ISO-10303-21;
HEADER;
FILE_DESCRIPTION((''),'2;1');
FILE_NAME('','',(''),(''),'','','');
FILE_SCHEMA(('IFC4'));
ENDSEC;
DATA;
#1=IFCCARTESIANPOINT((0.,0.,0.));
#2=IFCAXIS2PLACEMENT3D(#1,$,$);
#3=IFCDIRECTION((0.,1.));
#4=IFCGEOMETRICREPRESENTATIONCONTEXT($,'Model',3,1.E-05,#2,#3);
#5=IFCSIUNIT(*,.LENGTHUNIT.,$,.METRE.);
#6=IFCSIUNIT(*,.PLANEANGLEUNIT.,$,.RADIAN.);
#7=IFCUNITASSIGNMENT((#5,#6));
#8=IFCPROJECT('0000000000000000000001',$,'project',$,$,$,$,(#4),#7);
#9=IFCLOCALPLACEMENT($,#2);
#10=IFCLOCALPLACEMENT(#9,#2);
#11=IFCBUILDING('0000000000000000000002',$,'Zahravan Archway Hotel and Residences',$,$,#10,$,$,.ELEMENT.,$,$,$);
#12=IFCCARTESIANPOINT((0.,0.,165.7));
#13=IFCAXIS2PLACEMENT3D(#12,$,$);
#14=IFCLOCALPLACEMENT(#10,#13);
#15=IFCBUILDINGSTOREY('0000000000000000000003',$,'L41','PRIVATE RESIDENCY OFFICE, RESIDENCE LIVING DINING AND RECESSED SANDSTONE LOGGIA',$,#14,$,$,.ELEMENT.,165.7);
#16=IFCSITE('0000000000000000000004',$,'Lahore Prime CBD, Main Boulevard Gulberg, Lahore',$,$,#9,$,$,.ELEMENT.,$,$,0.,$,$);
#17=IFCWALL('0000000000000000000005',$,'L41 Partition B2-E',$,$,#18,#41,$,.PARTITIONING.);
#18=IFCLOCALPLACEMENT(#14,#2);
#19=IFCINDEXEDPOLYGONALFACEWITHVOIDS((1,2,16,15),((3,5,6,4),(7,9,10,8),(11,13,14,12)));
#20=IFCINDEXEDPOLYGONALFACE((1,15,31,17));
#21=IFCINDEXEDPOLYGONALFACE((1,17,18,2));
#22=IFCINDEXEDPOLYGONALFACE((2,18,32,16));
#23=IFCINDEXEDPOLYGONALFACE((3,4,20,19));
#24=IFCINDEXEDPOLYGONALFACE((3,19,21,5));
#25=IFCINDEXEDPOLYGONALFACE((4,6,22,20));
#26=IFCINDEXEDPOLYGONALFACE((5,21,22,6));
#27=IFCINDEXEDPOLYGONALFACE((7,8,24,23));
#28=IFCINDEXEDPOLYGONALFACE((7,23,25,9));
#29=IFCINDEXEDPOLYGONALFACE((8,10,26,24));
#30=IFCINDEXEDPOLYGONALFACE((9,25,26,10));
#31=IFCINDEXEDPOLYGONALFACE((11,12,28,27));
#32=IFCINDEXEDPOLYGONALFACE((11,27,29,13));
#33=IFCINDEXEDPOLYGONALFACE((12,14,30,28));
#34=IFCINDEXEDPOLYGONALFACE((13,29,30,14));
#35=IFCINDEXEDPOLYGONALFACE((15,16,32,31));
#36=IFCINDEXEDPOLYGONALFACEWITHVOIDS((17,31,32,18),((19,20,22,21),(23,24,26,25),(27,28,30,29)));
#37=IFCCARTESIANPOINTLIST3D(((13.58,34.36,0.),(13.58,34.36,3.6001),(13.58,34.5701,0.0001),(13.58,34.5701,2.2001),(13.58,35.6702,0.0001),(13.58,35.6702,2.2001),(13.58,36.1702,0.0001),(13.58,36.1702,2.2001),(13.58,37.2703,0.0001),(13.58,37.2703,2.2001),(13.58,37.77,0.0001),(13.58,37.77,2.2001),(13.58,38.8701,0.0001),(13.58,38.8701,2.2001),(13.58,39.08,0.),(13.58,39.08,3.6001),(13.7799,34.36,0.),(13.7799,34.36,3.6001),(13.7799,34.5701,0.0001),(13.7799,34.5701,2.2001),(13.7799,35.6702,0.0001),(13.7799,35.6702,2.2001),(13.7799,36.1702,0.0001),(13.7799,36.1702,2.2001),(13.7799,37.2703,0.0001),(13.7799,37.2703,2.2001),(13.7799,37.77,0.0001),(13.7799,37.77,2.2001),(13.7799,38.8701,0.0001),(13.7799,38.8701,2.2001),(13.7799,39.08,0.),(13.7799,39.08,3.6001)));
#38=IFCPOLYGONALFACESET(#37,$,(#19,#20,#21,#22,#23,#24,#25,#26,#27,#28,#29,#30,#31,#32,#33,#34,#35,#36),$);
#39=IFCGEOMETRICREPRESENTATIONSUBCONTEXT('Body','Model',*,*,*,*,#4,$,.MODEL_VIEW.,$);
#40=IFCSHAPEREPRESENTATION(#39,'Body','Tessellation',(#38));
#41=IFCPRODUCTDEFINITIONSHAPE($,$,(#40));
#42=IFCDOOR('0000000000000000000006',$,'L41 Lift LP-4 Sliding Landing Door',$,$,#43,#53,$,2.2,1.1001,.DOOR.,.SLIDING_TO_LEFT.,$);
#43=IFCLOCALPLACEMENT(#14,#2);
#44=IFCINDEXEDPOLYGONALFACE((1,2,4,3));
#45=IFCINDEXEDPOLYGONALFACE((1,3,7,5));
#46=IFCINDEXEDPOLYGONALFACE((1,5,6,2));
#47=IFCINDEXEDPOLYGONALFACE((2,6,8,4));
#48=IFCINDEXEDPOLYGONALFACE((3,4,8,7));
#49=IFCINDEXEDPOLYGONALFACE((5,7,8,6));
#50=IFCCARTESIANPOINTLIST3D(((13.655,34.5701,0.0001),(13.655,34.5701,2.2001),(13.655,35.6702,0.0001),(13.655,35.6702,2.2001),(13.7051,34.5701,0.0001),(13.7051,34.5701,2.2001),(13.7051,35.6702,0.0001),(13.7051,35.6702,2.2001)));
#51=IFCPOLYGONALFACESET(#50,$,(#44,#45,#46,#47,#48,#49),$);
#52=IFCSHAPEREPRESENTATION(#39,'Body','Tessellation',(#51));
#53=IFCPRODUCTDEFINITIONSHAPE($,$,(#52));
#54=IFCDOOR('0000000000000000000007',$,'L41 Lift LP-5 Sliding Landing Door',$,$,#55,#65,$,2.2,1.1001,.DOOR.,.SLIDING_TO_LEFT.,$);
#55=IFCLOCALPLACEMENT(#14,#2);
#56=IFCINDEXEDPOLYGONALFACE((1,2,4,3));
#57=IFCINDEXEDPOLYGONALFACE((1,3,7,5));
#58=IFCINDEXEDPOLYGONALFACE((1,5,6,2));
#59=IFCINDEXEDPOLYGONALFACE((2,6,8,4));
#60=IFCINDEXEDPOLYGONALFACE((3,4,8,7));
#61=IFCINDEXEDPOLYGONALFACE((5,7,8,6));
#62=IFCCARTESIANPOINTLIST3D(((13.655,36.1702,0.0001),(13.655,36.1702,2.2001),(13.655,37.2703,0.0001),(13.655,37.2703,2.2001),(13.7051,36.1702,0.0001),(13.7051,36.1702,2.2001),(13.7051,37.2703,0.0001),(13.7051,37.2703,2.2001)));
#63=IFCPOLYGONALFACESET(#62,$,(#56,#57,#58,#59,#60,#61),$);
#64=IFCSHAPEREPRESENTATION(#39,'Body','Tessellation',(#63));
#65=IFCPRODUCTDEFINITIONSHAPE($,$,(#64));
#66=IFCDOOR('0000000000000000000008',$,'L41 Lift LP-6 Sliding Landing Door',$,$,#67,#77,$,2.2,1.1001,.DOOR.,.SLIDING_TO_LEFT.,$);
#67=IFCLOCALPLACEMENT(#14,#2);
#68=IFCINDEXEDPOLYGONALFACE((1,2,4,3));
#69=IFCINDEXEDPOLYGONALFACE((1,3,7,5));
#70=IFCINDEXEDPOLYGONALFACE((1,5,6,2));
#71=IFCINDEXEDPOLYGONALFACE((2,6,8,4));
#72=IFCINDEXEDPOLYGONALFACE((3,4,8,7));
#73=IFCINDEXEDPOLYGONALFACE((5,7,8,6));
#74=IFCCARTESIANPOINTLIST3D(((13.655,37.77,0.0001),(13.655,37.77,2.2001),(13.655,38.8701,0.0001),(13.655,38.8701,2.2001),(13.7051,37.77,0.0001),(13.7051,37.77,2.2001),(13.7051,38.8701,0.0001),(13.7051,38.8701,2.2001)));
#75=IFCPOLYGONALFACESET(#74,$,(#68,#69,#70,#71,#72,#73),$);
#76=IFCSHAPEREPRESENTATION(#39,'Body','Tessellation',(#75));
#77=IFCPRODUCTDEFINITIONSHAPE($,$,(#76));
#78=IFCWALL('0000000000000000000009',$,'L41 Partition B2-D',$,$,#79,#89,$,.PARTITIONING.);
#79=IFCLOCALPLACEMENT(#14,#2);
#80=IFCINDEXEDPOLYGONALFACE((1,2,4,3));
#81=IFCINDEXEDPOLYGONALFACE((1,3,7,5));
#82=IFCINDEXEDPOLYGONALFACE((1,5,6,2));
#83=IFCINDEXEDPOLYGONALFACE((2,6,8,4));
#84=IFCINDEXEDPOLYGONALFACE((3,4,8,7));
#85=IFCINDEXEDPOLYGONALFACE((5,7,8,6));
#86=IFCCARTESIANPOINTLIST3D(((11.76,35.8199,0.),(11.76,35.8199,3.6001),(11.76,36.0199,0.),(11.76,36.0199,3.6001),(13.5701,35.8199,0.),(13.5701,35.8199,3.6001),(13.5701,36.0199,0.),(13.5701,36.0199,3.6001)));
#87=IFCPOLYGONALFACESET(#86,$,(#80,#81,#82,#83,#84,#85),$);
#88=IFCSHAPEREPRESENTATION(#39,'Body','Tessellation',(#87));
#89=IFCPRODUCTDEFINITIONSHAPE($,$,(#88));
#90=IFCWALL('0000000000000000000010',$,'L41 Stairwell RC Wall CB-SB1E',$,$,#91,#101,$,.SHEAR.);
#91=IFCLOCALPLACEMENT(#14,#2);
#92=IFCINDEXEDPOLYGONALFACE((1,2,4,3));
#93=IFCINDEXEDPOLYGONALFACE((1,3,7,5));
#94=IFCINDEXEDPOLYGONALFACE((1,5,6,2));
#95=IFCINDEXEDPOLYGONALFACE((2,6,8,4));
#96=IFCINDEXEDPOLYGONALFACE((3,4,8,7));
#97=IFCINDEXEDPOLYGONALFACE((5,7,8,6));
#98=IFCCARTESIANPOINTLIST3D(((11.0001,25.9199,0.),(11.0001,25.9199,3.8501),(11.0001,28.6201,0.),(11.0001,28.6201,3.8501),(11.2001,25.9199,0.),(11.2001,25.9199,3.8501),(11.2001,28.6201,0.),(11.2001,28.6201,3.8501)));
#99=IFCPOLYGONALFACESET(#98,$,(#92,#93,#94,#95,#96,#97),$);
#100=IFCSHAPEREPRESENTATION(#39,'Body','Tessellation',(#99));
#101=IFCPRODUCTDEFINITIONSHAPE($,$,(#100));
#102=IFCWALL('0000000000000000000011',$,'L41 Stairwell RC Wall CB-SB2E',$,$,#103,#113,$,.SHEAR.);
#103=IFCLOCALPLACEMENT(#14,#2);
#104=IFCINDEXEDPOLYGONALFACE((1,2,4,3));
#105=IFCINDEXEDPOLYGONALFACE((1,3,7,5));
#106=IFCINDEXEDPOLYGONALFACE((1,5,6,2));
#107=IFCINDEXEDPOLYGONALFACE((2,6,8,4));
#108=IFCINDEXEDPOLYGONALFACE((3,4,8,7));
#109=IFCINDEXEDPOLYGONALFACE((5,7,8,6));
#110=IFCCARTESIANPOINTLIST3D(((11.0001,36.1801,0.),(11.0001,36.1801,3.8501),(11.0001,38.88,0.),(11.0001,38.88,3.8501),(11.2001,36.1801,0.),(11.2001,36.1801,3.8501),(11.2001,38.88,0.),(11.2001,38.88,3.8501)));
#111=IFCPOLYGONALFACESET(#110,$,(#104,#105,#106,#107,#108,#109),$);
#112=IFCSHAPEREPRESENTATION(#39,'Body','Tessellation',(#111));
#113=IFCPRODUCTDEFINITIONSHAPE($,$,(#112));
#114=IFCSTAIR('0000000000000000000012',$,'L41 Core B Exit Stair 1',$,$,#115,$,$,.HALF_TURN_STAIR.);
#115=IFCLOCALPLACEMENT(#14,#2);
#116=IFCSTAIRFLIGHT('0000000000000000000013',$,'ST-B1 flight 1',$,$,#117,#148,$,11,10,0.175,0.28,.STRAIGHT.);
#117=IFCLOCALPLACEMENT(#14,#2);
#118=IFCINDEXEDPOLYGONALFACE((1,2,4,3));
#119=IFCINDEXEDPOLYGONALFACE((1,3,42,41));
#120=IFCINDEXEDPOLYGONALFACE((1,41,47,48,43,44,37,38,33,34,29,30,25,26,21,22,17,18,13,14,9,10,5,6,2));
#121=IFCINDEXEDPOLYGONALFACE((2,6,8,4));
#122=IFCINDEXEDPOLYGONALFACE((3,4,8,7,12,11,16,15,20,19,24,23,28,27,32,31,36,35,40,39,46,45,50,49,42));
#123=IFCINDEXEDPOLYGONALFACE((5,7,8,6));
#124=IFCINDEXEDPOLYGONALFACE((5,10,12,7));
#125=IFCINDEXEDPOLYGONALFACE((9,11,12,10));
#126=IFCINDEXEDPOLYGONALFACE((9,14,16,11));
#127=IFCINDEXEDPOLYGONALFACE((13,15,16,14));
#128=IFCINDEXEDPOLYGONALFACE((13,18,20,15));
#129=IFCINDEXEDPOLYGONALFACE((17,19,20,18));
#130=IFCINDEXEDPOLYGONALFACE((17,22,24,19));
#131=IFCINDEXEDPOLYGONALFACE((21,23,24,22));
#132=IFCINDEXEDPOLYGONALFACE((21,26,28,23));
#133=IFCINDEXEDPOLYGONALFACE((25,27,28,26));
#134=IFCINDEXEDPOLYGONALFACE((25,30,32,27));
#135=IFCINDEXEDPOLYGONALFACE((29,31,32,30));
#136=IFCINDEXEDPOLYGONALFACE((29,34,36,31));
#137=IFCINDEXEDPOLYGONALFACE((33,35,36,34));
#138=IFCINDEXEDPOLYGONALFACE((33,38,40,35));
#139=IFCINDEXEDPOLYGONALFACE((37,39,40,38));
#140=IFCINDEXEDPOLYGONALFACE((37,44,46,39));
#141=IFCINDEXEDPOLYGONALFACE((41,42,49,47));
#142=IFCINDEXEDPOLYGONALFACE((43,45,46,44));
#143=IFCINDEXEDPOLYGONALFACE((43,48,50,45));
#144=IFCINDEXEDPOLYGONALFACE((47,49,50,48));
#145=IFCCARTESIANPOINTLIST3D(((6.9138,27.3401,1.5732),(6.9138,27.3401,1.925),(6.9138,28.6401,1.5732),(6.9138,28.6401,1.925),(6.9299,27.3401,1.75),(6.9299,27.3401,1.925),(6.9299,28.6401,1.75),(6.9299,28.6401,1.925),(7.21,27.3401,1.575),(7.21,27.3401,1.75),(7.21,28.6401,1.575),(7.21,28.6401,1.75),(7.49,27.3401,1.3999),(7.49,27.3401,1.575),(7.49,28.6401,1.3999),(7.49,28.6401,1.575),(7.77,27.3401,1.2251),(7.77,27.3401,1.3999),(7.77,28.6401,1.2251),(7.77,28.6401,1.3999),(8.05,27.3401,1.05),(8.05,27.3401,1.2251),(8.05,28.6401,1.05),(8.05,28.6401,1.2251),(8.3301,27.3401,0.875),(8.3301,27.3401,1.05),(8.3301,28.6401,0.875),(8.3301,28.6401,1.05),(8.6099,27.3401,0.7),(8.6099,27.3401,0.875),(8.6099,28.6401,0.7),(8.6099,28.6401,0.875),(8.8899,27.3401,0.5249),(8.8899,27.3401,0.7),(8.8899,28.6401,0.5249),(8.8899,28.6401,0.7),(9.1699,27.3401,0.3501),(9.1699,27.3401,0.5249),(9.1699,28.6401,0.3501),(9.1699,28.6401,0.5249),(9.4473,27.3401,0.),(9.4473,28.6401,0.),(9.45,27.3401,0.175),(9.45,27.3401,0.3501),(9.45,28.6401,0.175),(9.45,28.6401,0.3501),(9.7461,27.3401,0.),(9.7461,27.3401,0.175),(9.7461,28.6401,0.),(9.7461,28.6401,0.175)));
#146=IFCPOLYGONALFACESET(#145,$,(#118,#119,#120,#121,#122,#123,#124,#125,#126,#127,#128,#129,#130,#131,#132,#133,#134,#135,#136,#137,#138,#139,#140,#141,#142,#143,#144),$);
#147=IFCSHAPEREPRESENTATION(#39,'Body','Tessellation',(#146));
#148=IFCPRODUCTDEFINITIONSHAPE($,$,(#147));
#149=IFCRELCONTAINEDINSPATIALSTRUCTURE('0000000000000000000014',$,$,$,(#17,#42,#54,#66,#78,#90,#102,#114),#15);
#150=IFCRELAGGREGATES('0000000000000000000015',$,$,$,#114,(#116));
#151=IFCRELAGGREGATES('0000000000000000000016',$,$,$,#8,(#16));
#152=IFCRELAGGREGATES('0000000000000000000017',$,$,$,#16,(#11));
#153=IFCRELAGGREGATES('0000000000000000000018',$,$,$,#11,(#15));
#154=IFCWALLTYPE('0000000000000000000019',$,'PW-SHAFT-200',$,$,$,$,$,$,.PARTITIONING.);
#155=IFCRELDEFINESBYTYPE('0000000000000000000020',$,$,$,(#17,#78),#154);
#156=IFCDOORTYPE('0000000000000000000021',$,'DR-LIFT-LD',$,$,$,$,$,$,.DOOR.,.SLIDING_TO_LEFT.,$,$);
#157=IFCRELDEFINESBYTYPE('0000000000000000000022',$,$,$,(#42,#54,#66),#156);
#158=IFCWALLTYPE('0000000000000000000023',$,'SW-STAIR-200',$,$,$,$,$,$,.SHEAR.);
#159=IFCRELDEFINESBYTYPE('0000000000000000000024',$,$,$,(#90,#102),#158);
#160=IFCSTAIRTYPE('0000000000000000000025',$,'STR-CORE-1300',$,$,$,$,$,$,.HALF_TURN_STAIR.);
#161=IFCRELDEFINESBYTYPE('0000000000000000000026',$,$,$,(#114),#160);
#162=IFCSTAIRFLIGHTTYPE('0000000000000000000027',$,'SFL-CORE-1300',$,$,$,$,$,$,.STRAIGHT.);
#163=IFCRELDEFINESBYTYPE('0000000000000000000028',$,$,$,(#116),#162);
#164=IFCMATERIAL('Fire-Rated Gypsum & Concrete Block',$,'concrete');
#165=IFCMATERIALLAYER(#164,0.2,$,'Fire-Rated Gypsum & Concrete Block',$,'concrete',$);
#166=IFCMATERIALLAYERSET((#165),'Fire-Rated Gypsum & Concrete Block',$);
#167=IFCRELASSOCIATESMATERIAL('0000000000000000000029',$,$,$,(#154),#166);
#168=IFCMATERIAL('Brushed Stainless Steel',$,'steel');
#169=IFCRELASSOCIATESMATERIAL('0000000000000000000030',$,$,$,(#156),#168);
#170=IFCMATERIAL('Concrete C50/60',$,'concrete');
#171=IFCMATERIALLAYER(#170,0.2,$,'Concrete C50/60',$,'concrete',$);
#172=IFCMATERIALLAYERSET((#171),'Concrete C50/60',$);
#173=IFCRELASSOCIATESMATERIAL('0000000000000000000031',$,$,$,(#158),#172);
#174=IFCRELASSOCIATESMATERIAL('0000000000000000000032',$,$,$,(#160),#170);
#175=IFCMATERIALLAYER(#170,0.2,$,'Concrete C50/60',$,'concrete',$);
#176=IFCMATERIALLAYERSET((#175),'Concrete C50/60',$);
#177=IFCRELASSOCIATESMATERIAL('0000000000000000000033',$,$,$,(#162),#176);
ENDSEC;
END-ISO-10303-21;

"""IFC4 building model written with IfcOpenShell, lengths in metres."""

from ifc_helpers import new_model, si_unit, direction, frame, frame_2d, origin, place, context, subcontext, project, spatial, polyline, rectangle, outline, extrude, source, transform, mapped, material, layer, layer_set, type_object, type_shapes, element, fill, aggregate, save


model = new_model("IFC4")

# Units and contexts
model_context = context("Model", 3, precision=1e-05, world=origin(), true_north=direction((0.0, 1.0)))
body_context = subcontext(model_context, "Body", "Model", "MODEL_VIEW")
ifc_project = project(units=[si_unit("LENGTHUNIT", "METRE"), si_unit("PLANEANGLEUNIT", "RADIAN")], contexts=[model_context])

# Site, building, storey
site_placement = place(None, origin())
site = spatial("IfcSite", under=ifc_project, at=site_placement, Name="Lahore Prime CBD, Main Boulevard Gulberg, Lahore", CompositionType="ELEMENT", RefElevation=0.0)
building_placement = place(site_placement, origin())
building = spatial("IfcBuilding", under=site, at=building_placement, Name="Zahravan Archway Hotel and Residences", CompositionType="ELEMENT")
storey_placement = place(building_placement, frame((0.0, 0.0, 165.7)))
storey = spatial("IfcBuildingStorey", under=building, at=storey_placement, Name="L41", Description="PRIVATE RESIDENCY OFFICE, RESIDENCE LIVING DINING AND RECESSED SANDSTONE LOGGIA", CompositionType="ELEMENT", Elevation=165.7)

# Shared definitions
ifc_material_1 = material(Name="Fire-Rated Gypsum & Concrete Block", Category="concrete")
ifc_layer_1 = layer(ifc_material_1, 0.2, Name="Fire-Rated Gypsum & Concrete Block", Category="concrete")
ifc_layer_set_1 = layer_set([ifc_layer_1], Name="Fire-Rated Gypsum & Concrete Block")
wall_type_1 = type_object("IfcWallType", Name="PW-SHAFT-200", PredefinedType="PARTITIONING", material=ifc_layer_set_1)

# Wall, openings, doors
wall_1_placement = place(storey_placement, frame((13.6799, 34.3601, 0.0), z_axis=(0.0, 0.0, 1.0), x_axis=(0.0, 1.0, 0.0)))
wall_1 = element("IfcWall", 1, at=wall_1_placement, inside=storey, type_object=wall_type_1, Name="L41 Partition B2-E", PredefinedType="PARTITIONING", context=body_context, shape_type="SweptSolid", body=[
    extrude(rectangle(XDim=4.72, YDim=0.2, at=frame_2d((2.3599, 0.0))), origin(), (0.0, 0.0, 1.0), 3.6001),
])
opening_1_placement = place(wall_1_placement, frame((0.21, 0.0, 0.0)))
opening_1 = element("IfcOpeningElement", 2, at=opening_1_placement, cuts=wall_1, PredefinedType="OPENING", context=body_context, shape_type="SweptSolid", body=[
    extrude(rectangle(XDim=1.1001, YDim=2.2, at=frame_2d((0.55, 1.1001))), frame((0.0, 0.1099, 0.0), z_axis=(0.0, -1.0, 0.0), x_axis=(1.0, 0.0, 0.0)), (0.0, 0.0, 1.0), 0.22),
])
opening_2_placement = place(wall_1_placement, frame((1.8101, 0.0, 0.0)))
opening_2 = element("IfcOpeningElement", 3, at=opening_2_placement, cuts=wall_1, PredefinedType="OPENING", context=body_context, shape_type="SweptSolid", body=[
    extrude(rectangle(XDim=1.1001, YDim=2.2, at=frame_2d((0.55, 1.1001))), frame((0.0, 0.1099, 0.0), z_axis=(0.0, -1.0, 0.0), x_axis=(1.0, 0.0, 0.0)), (0.0, 0.0, 1.0), 0.22),
])
opening_3_placement = place(wall_1_placement, frame((3.4099, 0.0, 0.0)))
opening_3 = element("IfcOpeningElement", 4, at=opening_3_placement, cuts=wall_1, PredefinedType="OPENING", context=body_context, shape_type="SweptSolid", body=[
    extrude(rectangle(XDim=1.1001, YDim=2.2, at=frame_2d((0.55, 1.1001))), frame((0.0, 0.1099, 0.0), z_axis=(0.0, -1.0, 0.0), x_axis=(1.0, 0.0, 0.0)), (0.0, 0.0, 1.0), 0.22),
])
ifc_material_2 = material(Name="Brushed Stainless Steel", Category="steel")
door_type_1 = type_object("IfcDoorType", Name="DR-LIFT-LD", OperationType="SLIDING_TO_LEFT", PredefinedType="DOOR", material=ifc_material_2)
shared_shape_1 = source(origin(), body_context, "Body", "SweptSolid", [
    extrude(rectangle(XDim=1.1001, YDim=2.2, at=frame_2d((0.55, 1.1001))), frame((0.0, 0.0249, 0.0), z_axis=(0.0, -1.0, 0.0), x_axis=(1.0, 0.0, 0.0)), (0.0, 0.0, 1.0), 0.05),
])
type_shapes(door_type_1, [shared_shape_1])
door_1_placement = place(opening_1_placement, origin())
door_1 = element("IfcDoor", 5, at=door_1_placement, inside=storey, type_object=door_type_1, Name="L41 Lift LP-4 Sliding Landing Door", OperationType="SLIDING_TO_LEFT", OverallHeight=2.2, OverallWidth=1.1001, PredefinedType="DOOR", context=body_context, shape_type="MappedRepresentation", body=[
    mapped(shared_shape_1, transform((0.0, 0.0, 0.0), scale=1.0)),
])
fill(opening_1, door_1)
door_2_placement = place(opening_2_placement, origin())
door_2 = element("IfcDoor", 6, at=door_2_placement, inside=storey, type_object=door_type_1, Name="L41 Lift LP-5 Sliding Landing Door", OperationType="SLIDING_TO_LEFT", OverallHeight=2.2, OverallWidth=1.1001, PredefinedType="DOOR", context=body_context, shape_type="MappedRepresentation", body=[
    mapped(shared_shape_1, transform((0.0, 0.0, 0.0), scale=1.0)),
])
fill(opening_2, door_2)
door_3_placement = place(opening_3_placement, origin())
door_3 = element("IfcDoor", 7, at=door_3_placement, inside=storey, type_object=door_type_1, Name="L41 Lift LP-6 Sliding Landing Door", OperationType="SLIDING_TO_LEFT", OverallHeight=2.2, OverallWidth=1.1001, PredefinedType="DOOR", context=body_context, shape_type="MappedRepresentation", body=[
    mapped(shared_shape_1, transform((0.0, 0.0, 0.0), scale=1.0)),
])
fill(opening_3, door_3)

# Wall
wall_2_placement = place(storey_placement, frame((11.76, 35.9199, 0.0), z_axis=(0.0, 0.0, 1.0), x_axis=(1.0, 0.0, 0.0)))
element("IfcWall", 8, at=wall_2_placement, inside=storey, type_object=wall_type_1, Name="L41 Partition B2-D", PredefinedType="PARTITIONING", context=body_context, shape_type="SweptSolid", body=[
    extrude(rectangle(XDim=1.8101, YDim=0.2, at=frame_2d((0.905, 0.0))), origin(), (0.0, 0.0, 1.0), 3.6001),
])

# Walls
ifc_material_3 = material(Name="Concrete C50/60", Category="concrete")
ifc_layer_2 = layer(ifc_material_3, 0.2, Name="Concrete C50/60", Category="concrete")
ifc_layer_set_2 = layer_set([ifc_layer_2], Name="Concrete C50/60")
wall_type_2 = type_object("IfcWallType", Name="SW-STAIR-200", PredefinedType="SHEAR", material=ifc_layer_set_2)
wall_3_placement = place(storey_placement, frame((11.1001, 25.9199, 0.0), z_axis=(0.0, 0.0, 1.0), x_axis=(0.0, 1.0, 0.0)))
element("IfcWall", 9, at=wall_3_placement, inside=storey, type_object=wall_type_2, Name="L41 Stairwell RC Wall CB-SB1E", PredefinedType="SHEAR", context=body_context, shape_type="SweptSolid", body=[
    extrude(rectangle(XDim=2.7002, YDim=0.2, at=frame_2d((1.3501, 0.0))), origin(), (0.0, 0.0, 1.0), 3.8501),
])
wall_4_placement = place(storey_placement, frame((11.1001, 36.1799, 0.0), z_axis=(0.0, 0.0, 1.0), x_axis=(0.0, 1.0, 0.0)))
element("IfcWall", 10, at=wall_4_placement, inside=storey, type_object=wall_type_2, Name="L41 Stairwell RC Wall CB-SB2E", PredefinedType="SHEAR", context=body_context, shape_type="SweptSolid", body=[
    extrude(rectangle(XDim=2.7, YDim=0.2, at=frame_2d((1.3501, 0.0))), origin(), (0.0, 0.0, 1.0), 3.8501),
])

# Stair, stair flight
stair_type = type_object("IfcStairType", Name="STR-CORE-1300", PredefinedType="HALF_TURN_STAIR", material=ifc_material_3)
stair_placement = place(storey_placement, origin())
stair = element("IfcStair", 11, at=stair_placement, inside=storey, type_object=stair_type, Name="L41 Core B Exit Stair 1", PredefinedType="HALF_TURN_STAIR")
ifc_layer_3 = layer(ifc_material_3, 0.2, Name="Concrete C50/60", Category="concrete")
ifc_layer_set_3 = layer_set([ifc_layer_3], Name="Concrete C50/60")
stair_flight_type = type_object("IfcStairFlightType", Name="SFL-CORE-1300", PredefinedType="STRAIGHT", material=ifc_layer_set_3)
shared_shape_2 = source(origin(), body_context, "Body", "SweptSolid", [
    extrude(outline(polyline([(-0.0161, 0.0), (-0.0161, 0.175), (0.28, 0.175), (0.28, 0.3501), (0.5601, 0.3501), (0.5601, 0.5249), (0.8401, 0.5249), (0.8401, 0.7), (1.1201, 0.7), (1.1201, 0.875), (1.3999, 0.875), (1.3999, 1.05), (1.6799, 1.05), (1.6799, 1.2251), (1.96, 1.2251), (1.96, 1.3999), (2.24, 1.3999), (2.24, 1.575), (2.52, 1.575), (2.52, 1.75), (2.8, 1.75), (2.8, 1.925), (2.8162, 1.925), (2.8162, 1.5732), (0.2827, 0.0), (-0.0161, 0.0)])), frame((0.0, 0.6499, 0.0), z_axis=(0.0, -1.0, 0.0), x_axis=(1.0, 0.0, 0.0)), (0.0, 0.0, 1.0), 1.3),
])
stair_flight_placement = place(storey_placement, frame((9.73, 27.99, 0.0), z_axis=(0.0, 0.0, 1.0), x_axis=(-1.0, 0.0, 0.0)))
stair_flight = element("IfcStairFlight", 12, at=stair_flight_placement, type_object=stair_flight_type, Name="ST-B1 flight 1", NumberOfRisers=11, NumberOfTreads=10, PredefinedType="STRAIGHT", RiserHeight=0.175, TreadLength=0.28, context=body_context, shape_type="MappedRepresentation", body=[
    mapped(shared_shape_2, transform((0.0, 0.0, 0.0), scale=1.0)),
])
aggregate(stair, [stair_flight])

save(model, "model.ifc")
